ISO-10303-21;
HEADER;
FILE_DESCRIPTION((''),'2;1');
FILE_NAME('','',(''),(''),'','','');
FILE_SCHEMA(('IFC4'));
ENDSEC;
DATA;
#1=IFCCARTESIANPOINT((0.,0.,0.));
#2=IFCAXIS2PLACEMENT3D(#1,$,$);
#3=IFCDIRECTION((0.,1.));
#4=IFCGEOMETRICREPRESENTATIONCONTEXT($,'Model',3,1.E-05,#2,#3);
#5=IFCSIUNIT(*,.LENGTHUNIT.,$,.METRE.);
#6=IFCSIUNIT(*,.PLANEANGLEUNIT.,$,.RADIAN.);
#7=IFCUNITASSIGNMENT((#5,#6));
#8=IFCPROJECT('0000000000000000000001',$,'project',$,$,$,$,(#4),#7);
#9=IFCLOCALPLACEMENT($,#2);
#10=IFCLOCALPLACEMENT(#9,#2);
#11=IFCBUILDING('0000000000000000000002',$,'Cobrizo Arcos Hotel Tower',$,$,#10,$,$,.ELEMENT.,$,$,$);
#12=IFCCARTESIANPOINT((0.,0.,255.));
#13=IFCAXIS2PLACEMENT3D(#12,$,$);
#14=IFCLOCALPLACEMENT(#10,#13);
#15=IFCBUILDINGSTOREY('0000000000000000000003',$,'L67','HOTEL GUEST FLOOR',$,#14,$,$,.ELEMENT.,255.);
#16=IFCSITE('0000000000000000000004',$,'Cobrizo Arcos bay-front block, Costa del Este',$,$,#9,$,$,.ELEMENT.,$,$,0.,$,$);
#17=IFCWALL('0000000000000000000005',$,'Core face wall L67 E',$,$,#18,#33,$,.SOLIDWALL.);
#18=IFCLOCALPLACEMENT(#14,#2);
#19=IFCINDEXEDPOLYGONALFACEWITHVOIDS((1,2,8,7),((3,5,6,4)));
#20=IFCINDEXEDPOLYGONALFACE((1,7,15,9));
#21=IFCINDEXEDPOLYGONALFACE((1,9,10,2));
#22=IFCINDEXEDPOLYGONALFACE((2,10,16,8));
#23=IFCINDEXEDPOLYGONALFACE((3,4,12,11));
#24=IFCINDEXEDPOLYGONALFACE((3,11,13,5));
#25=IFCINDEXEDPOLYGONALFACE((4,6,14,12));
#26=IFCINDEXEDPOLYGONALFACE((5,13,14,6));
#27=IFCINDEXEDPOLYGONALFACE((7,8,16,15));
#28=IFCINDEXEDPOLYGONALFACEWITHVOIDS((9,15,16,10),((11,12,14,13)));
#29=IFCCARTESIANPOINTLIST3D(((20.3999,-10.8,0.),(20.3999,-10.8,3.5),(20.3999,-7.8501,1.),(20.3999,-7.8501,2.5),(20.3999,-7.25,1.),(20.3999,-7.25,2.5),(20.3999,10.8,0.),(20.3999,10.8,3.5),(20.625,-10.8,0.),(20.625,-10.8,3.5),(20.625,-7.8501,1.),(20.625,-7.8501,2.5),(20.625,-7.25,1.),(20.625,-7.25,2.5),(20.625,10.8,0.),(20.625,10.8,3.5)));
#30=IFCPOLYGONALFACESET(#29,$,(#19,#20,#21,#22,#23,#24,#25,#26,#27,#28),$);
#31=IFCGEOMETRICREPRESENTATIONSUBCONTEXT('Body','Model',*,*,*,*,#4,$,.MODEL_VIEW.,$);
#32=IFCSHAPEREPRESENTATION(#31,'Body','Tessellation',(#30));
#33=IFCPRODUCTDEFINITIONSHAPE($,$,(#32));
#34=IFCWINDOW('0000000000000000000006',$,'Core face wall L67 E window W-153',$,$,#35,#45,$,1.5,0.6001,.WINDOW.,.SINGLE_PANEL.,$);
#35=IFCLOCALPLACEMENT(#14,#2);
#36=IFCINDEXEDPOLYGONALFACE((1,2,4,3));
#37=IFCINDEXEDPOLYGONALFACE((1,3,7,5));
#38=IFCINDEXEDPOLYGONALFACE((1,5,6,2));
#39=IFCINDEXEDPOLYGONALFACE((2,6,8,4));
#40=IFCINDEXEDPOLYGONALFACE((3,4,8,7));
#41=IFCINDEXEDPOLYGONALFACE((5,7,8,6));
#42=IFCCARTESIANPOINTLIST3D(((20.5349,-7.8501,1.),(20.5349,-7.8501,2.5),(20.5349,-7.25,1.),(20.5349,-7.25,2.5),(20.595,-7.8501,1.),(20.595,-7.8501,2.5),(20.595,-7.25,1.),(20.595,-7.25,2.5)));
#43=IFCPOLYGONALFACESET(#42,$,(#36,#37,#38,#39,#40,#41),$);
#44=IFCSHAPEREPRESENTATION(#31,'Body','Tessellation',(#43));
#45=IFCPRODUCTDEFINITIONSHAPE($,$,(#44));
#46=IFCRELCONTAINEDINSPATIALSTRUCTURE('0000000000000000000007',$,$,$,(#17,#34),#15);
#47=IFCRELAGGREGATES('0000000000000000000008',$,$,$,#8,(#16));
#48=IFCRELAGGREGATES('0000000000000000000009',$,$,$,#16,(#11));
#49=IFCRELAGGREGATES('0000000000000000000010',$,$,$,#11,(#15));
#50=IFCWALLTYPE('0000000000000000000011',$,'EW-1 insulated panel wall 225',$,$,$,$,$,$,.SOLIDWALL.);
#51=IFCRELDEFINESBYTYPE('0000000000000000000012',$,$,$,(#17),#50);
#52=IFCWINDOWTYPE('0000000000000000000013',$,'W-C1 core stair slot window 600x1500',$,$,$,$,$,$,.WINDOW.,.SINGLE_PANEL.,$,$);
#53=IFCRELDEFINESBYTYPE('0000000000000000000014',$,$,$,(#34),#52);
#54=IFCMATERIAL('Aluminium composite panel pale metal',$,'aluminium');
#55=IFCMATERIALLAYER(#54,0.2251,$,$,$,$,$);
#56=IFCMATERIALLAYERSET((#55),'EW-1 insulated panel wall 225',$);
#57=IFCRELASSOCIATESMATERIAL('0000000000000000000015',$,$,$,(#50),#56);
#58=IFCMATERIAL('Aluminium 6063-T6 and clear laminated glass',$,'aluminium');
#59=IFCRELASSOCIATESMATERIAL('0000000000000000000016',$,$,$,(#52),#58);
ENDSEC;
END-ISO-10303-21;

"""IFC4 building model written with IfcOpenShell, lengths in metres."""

from ifc_helpers import new_model, si_unit, direction, frame, frame_2d, origin, place, context, subcontext, project, spatial, rectangle, extrude, material, layer, layer_set, type_object, element, fill, save


model = new_model("IFC4")

# Units and contexts
model_context = context("Model", 3, precision=1e-05, world=origin(), true_north=direction((0.0, 1.0)))
body_context = subcontext(model_context, "Body", "Model", "MODEL_VIEW")
ifc_project = project(units=[si_unit("LENGTHUNIT", "METRE"), si_unit("PLANEANGLEUNIT", "RADIAN")], contexts=[model_context])

# Site, building, storey
site_placement = place(None, origin())
site = spatial("IfcSite", under=ifc_project, at=site_placement, Name="Cobrizo Arcos bay-front block, Costa del Este", CompositionType="ELEMENT", RefElevation=0.0)
building_placement = place(site_placement, origin())
building = spatial("IfcBuilding", under=site, at=building_placement, Name="Cobrizo Arcos Hotel Tower", CompositionType="ELEMENT")
storey_placement = place(building_placement, frame((0.0, 0.0, 255.0)))
storey = spatial("IfcBuildingStorey", under=building, at=storey_placement, Name="L67", Description="HOTEL GUEST FLOOR", CompositionType="ELEMENT", Elevation=255.0)

# Shared definitions
ifc_material_1 = material(Name="Aluminium composite panel pale metal", Category="aluminium")

# Wall, opening, window
ifc_layer_1 = layer(ifc_material_1, 0.2251)
ifc_layer_set_1 = layer_set([ifc_layer_1], Name="EW-1 insulated panel wall 225")
wall_type_1 = type_object("IfcWallType", Name="EW-1 insulated panel wall 225", PredefinedType="SOLIDWALL", material=ifc_layer_set_1)
wall_1_placement = place(storey_placement, frame((20.5125, -10.8, 0.0), z_axis=(0.0, 0.0, 1.0), x_axis=(0.0, 1.0, 0.0)))
wall_1 = element("IfcWall", 1, at=wall_1_placement, inside=storey, type_object=wall_type_1, Name="Core face wall L67 E", PredefinedType="SOLIDWALL", context=body_context, shape_type="SweptSolid", body=[
    extrude(rectangle(XDim=21.6001, YDim=0.2251, at=frame_2d((10.8, 0.0))), origin(), (0.0, 0.0, 1.0), 3.5),
])
opening_1_placement = place(wall_1_placement, frame((2.95, 0.0, 1.0)))
opening_1 = element("IfcOpeningElement", 2, at=opening_1_placement, cuts=wall_1, PredefinedType="OPENING", context=body_context, shape_type="SweptSolid", body=[
    extrude(rectangle(XDim=0.6001, YDim=1.5, at=frame_2d((0.3, 0.75))), frame((0.0, 0.1245, 0.0), z_axis=(0.0, -1.0, 0.0), x_axis=(1.0, 0.0, 0.0)), (0.0, 0.0, 1.0), 0.249),
])
ifc_material_2 = material(Name="Aluminium 6063-T6 and clear laminated glass", Category="aluminium")
window_type = type_object("IfcWindowType", Name="W-C1 core stair slot window 600x1500", PartitioningType="SINGLE_PANEL", PredefinedType="WINDOW", material=ifc_material_2)
window_placement = place(opening_1_placement, origin())
window = element("IfcWindow", 3, at=window_placement, inside=storey, type_object=window_type, Name="Core face wall L67 E window W-153", OverallHeight=1.5, OverallWidth=0.6001, PartitioningType="SINGLE_PANEL", PredefinedType="WINDOW", context=body_context, shape_type="SweptSolid", body=[
    extrude(rectangle(XDim=0.6001, YDim=1.5, at=frame_2d((0.3, 0.75))), frame((0.0, -0.0225, 0.0), z_axis=(0.0, -1.0, 0.0), x_axis=(1.0, 0.0, 0.0)), (0.0, 0.0, 1.0), 0.0601),
])
fill(opening_1, window)

save(model, "model.ifc")
